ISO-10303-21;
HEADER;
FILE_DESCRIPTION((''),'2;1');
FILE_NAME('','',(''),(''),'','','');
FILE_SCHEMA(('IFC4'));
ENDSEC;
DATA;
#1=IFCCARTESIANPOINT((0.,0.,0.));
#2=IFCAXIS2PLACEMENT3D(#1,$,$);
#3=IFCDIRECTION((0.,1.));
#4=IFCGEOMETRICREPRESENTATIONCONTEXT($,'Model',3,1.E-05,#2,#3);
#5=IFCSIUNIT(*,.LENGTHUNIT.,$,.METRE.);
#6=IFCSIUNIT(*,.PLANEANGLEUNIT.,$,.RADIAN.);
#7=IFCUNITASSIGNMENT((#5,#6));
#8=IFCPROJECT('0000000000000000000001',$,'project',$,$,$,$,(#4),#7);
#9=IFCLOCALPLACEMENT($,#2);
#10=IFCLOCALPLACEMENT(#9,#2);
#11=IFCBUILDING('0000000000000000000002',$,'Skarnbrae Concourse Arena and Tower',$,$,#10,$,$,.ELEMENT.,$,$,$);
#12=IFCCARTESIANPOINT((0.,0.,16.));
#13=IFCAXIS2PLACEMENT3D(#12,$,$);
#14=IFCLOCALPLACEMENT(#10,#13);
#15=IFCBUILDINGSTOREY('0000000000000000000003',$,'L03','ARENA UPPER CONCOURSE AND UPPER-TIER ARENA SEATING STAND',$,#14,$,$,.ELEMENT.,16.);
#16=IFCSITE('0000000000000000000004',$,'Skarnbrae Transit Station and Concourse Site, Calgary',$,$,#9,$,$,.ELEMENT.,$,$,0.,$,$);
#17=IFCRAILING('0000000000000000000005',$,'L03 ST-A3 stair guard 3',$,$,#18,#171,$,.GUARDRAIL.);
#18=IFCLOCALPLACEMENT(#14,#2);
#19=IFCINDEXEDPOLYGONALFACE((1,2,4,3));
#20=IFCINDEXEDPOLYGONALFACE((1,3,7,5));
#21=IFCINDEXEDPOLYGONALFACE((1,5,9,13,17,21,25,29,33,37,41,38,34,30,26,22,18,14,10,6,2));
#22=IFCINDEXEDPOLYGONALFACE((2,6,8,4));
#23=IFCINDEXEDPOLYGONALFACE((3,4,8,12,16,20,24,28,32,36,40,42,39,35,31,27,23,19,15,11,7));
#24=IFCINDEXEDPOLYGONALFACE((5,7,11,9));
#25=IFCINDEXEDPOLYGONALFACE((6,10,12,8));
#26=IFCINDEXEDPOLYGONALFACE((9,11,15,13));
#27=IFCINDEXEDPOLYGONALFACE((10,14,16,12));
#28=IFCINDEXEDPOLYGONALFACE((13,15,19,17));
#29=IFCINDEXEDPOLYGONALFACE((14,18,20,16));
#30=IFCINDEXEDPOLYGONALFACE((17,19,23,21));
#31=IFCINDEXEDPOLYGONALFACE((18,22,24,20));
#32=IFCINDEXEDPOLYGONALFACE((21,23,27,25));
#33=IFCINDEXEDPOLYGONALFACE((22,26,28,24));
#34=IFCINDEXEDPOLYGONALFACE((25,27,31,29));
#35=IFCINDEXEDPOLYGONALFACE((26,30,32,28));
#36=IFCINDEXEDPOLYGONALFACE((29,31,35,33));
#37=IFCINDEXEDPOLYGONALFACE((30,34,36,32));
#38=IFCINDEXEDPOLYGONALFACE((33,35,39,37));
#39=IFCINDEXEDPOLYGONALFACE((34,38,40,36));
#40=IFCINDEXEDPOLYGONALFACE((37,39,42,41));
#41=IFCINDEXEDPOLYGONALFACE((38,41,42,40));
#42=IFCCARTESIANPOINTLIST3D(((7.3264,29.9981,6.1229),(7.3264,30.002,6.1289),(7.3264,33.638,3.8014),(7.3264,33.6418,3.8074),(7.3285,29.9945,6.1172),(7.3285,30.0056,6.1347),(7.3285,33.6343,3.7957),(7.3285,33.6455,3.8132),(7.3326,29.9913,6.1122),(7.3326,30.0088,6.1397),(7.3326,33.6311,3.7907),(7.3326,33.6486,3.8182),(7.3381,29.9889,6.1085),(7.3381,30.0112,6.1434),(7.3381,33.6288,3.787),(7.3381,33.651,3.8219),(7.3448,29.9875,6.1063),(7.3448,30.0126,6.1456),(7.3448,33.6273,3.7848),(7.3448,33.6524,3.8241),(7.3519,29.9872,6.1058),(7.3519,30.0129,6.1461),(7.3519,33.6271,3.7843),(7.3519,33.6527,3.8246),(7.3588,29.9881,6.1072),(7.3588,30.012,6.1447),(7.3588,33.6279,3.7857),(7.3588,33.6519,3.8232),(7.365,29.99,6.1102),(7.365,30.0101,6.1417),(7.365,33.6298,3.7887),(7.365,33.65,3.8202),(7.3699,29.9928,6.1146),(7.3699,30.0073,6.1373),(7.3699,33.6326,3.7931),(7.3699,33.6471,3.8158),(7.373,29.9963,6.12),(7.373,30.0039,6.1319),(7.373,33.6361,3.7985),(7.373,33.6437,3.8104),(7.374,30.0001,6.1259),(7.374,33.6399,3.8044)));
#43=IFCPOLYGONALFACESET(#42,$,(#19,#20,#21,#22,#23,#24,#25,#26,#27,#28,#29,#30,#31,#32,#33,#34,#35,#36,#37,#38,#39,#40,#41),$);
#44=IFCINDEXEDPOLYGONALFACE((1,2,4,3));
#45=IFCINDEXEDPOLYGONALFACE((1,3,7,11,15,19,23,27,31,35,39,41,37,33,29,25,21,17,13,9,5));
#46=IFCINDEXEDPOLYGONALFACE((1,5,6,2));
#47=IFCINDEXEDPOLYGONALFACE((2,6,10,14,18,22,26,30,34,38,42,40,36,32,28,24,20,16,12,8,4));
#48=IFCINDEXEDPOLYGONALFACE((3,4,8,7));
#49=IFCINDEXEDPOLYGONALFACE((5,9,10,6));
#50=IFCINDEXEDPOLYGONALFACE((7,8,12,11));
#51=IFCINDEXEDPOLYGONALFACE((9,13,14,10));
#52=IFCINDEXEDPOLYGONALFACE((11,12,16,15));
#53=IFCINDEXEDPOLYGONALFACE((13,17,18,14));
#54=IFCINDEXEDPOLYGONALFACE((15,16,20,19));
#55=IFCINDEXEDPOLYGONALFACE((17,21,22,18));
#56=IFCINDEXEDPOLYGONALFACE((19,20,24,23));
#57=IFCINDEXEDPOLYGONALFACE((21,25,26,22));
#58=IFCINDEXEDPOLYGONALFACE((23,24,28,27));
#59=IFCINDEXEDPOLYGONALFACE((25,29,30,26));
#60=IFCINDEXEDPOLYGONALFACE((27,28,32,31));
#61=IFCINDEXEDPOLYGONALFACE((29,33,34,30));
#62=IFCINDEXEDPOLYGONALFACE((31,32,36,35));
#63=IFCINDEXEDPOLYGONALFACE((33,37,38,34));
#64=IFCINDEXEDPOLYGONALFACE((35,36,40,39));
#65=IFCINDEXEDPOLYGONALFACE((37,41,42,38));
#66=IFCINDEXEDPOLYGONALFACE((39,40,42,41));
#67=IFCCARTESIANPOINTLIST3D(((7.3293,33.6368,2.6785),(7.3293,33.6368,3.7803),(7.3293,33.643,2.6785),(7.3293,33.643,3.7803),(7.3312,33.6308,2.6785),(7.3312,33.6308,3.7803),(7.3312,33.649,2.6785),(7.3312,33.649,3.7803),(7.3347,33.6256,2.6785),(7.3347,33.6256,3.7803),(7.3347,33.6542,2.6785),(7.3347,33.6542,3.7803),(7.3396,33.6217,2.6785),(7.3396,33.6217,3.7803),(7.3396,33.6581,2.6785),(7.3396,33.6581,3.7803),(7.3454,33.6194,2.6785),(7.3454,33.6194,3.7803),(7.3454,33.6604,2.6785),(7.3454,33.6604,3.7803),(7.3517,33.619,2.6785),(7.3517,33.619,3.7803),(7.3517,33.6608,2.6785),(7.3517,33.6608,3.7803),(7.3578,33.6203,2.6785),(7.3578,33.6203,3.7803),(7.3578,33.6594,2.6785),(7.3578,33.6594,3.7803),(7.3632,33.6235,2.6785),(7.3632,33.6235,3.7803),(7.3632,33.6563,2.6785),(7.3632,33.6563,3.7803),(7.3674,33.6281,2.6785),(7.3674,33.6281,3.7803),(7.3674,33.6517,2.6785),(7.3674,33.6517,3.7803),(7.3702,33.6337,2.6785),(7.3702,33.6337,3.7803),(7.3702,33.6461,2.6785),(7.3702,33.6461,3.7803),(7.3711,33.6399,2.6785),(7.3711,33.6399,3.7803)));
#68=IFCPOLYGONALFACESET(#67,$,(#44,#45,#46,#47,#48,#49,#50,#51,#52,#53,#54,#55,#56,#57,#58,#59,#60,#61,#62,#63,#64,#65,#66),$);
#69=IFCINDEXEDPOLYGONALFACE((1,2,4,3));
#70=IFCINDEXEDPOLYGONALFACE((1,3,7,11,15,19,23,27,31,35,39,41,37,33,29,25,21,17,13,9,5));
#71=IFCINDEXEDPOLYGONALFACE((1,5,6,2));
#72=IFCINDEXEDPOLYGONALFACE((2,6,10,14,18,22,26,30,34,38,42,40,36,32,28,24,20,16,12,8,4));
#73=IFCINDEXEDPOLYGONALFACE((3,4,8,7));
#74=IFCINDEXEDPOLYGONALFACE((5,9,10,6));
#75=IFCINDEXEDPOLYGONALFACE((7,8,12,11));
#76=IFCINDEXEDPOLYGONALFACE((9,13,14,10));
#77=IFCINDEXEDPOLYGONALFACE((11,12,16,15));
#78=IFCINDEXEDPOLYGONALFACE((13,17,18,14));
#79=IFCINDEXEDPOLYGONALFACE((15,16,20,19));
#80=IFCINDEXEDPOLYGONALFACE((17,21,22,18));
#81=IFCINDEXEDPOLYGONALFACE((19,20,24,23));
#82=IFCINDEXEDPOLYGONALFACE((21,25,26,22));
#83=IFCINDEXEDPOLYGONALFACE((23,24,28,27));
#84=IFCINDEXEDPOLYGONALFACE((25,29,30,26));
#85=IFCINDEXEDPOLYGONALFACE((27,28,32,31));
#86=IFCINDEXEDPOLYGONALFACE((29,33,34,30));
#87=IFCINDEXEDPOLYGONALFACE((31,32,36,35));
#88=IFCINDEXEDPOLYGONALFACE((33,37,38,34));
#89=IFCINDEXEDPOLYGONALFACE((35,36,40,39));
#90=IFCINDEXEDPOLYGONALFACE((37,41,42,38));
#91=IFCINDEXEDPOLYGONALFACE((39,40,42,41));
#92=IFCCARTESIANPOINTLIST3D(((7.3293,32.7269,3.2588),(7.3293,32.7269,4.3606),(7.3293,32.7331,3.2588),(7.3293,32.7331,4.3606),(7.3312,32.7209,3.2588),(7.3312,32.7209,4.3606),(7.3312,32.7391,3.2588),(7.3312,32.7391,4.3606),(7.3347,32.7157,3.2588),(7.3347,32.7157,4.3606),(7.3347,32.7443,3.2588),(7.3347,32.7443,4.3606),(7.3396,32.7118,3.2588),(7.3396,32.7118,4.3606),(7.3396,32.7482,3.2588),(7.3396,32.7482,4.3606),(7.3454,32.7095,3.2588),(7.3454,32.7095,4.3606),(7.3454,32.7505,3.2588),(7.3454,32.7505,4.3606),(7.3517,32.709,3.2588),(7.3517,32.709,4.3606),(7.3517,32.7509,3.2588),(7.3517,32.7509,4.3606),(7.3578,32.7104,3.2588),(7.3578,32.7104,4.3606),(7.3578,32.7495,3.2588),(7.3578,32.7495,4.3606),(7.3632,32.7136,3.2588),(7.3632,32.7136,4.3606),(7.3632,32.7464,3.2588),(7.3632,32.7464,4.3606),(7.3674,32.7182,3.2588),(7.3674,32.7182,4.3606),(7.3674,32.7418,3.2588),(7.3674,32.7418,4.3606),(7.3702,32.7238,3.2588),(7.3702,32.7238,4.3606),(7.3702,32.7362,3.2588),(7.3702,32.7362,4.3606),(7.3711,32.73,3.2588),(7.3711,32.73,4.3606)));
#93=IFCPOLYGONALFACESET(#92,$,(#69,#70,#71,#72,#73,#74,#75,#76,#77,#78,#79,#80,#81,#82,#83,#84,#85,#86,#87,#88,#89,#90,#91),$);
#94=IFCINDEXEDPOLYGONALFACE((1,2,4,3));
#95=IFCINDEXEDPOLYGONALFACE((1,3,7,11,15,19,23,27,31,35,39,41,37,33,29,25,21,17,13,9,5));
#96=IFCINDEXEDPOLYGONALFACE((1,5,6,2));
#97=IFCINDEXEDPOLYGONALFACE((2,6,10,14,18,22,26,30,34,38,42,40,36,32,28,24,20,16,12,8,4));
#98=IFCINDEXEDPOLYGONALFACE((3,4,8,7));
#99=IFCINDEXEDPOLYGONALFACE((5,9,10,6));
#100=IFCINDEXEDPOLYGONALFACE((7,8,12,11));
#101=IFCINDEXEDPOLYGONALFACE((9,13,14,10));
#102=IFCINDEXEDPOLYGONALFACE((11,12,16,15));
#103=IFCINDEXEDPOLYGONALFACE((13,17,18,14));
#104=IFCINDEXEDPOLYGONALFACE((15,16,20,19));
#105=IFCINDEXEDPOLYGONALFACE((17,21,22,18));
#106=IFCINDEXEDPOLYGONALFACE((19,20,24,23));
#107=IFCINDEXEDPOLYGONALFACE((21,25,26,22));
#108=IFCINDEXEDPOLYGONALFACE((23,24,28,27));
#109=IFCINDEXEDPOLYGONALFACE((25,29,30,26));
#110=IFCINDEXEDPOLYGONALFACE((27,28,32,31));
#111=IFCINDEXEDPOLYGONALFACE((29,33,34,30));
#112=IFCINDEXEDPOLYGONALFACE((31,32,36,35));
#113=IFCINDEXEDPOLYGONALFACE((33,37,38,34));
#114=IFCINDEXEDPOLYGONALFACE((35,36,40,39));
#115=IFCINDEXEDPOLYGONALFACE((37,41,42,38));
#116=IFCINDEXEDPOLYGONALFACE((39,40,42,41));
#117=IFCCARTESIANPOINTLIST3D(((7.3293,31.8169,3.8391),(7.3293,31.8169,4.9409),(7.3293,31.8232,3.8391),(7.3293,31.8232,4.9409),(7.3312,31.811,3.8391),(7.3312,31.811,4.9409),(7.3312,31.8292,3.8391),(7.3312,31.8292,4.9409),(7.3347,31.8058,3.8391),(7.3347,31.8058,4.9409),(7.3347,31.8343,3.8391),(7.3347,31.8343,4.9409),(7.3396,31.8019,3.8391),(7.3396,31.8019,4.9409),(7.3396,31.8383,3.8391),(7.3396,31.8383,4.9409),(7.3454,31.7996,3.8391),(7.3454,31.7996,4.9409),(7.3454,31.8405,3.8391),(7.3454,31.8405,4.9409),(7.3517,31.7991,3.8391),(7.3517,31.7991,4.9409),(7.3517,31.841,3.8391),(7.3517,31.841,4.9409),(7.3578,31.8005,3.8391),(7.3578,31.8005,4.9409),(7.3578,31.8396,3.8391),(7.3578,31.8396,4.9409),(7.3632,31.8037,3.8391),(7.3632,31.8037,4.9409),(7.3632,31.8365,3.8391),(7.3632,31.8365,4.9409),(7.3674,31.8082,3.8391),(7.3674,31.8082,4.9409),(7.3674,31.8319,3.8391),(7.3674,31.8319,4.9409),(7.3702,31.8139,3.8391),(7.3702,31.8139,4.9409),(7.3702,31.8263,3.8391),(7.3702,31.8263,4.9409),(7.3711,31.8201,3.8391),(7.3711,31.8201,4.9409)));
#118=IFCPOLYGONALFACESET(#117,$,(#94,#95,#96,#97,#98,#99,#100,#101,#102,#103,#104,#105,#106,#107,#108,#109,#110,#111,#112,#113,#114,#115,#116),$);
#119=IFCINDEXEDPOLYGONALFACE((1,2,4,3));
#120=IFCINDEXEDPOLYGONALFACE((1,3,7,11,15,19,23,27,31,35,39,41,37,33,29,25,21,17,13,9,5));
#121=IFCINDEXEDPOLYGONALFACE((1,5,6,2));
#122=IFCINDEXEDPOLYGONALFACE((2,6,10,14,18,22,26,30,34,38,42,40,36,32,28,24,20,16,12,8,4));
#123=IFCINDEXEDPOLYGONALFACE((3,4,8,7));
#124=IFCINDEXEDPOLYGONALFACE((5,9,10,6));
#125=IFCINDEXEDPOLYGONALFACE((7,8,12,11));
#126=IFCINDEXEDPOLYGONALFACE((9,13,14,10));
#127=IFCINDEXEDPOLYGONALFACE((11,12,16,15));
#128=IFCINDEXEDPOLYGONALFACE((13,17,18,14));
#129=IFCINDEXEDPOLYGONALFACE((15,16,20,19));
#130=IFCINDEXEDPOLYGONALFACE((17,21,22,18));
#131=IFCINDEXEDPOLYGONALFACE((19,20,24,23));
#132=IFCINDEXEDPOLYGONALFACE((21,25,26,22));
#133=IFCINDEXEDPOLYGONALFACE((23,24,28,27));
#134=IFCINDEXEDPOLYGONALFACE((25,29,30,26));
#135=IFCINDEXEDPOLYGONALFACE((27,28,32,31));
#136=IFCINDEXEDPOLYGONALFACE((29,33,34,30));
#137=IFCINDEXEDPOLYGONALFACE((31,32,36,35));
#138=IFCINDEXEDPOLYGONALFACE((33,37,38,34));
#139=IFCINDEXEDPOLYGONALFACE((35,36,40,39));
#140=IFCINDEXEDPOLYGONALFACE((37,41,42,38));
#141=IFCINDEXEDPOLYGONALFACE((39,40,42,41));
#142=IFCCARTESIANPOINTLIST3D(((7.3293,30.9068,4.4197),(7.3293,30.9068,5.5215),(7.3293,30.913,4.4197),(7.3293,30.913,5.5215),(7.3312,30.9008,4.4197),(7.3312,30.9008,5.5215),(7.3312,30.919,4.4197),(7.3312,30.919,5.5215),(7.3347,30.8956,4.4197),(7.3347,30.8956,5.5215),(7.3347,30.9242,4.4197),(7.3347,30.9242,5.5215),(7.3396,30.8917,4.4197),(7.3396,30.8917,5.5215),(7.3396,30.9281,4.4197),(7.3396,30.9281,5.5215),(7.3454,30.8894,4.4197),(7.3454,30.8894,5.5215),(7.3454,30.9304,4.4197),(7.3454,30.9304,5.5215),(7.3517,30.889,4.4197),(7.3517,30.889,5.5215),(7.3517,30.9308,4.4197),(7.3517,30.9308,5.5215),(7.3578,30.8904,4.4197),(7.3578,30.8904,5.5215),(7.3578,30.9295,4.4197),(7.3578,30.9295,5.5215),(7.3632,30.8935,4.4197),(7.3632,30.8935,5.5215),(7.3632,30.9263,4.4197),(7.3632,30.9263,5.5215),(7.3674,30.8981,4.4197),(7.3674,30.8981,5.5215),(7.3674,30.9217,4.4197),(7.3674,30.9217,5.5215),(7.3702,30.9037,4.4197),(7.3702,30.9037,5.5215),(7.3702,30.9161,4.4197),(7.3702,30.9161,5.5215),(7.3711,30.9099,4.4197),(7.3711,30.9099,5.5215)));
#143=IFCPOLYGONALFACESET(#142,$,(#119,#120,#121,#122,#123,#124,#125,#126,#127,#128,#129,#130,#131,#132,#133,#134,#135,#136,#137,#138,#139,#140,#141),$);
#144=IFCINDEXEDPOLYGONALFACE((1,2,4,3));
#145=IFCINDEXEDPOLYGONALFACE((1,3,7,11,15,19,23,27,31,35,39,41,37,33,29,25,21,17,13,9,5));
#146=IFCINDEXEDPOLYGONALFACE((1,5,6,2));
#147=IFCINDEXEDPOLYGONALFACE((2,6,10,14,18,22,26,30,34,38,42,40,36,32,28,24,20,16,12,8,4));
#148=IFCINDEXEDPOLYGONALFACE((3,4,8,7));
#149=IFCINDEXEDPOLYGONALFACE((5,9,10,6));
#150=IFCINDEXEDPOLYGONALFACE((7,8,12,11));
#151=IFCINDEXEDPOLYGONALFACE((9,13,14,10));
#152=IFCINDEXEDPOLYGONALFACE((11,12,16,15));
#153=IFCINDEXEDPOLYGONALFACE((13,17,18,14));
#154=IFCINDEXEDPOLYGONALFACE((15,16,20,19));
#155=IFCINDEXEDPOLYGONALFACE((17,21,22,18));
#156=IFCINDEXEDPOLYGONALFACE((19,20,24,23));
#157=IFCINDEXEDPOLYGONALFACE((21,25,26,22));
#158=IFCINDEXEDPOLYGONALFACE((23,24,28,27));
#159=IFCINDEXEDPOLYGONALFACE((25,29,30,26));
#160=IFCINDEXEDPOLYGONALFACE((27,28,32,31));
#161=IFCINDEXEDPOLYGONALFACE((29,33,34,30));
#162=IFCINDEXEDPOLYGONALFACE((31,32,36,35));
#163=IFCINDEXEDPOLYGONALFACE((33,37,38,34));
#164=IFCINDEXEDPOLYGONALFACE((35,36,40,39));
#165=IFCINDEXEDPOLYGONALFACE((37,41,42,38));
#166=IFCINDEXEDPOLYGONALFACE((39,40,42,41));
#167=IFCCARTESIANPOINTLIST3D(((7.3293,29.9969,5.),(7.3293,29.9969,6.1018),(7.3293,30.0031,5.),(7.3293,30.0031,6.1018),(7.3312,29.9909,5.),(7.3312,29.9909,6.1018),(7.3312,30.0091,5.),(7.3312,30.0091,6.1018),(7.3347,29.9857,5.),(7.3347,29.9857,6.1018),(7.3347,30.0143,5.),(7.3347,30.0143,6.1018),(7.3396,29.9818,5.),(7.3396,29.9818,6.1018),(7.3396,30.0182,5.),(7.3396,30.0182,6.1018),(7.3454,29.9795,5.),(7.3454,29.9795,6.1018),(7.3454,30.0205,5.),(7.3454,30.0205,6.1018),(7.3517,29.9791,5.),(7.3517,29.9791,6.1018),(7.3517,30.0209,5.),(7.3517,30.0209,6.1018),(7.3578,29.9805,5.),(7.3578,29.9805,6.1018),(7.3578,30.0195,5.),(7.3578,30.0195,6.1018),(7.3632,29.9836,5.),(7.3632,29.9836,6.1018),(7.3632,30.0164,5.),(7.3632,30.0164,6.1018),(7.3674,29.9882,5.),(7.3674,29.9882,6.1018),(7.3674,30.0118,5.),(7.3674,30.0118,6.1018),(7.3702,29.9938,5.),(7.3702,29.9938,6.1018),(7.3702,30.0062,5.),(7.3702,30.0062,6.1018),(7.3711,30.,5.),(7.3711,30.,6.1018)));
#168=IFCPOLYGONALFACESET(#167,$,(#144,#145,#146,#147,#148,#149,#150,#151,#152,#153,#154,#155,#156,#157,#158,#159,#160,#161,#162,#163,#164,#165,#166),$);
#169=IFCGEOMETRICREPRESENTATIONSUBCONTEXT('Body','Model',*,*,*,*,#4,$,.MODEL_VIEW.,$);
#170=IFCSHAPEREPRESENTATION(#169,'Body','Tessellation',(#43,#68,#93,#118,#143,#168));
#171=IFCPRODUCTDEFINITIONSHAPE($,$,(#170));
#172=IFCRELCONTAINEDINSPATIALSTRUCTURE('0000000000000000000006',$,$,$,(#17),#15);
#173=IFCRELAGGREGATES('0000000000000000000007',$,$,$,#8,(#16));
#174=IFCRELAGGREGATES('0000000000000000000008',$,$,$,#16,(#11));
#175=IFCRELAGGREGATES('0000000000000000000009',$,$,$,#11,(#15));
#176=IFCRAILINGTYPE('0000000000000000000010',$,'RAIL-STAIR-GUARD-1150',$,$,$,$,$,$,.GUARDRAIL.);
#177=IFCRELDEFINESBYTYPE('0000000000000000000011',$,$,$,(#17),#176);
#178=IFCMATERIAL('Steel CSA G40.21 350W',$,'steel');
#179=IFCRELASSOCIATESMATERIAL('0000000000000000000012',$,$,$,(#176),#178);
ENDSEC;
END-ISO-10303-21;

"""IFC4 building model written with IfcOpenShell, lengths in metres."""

from ifc_helpers import new_model, si_unit, direction, frame, origin, origin_2d, place, context, subcontext, project, spatial, circle, extrude, material, type_object, element, save


model = new_model("IFC4")

# Units and contexts
model_context = context("Model", 3, precision=1e-05, world=origin(), true_north=direction((0.0, 1.0)))
body_context = subcontext(model_context, "Body", "Model", "MODEL_VIEW")
ifc_project = project(units=[si_unit("LENGTHUNIT", "METRE"), si_unit("PLANEANGLEUNIT", "RADIAN")], contexts=[model_context])

# Site, building, storey
site_placement = place(None, origin())
site = spatial("IfcSite", under=ifc_project, at=site_placement, Name="Skarnbrae Transit Station and Concourse Site, Calgary", CompositionType="ELEMENT", RefElevation=0.0)
building_placement = place(site_placement, origin())
building = spatial("IfcBuilding", under=site, at=building_placement, Name="Skarnbrae Concourse Arena and Tower", CompositionType="ELEMENT")
storey_placement = place(building_placement, frame((0.0, 0.0, 16.0)))
storey = spatial("IfcBuildingStorey", under=building, at=storey_placement, Name="L03", Description="ARENA UPPER CONCOURSE AND UPPER-TIER ARENA SEATING STAND", CompositionType="ELEMENT", Elevation=16.0)

# Shared definitions
ifc_material_1 = material(Name="Steel CSA G40.21 350W", Category="steel")

# Railing
railing_type_1 = type_object("IfcRailingType", Name="RAIL-STAIR-GUARD-1150", PredefinedType="GUARDRAIL", material=ifc_material_1)
railing_1_placement = place(storey_placement, frame((7.3501, 33.6399, 2.6785)))
element("IfcRailing", 1, at=railing_1_placement, inside=storey, type_object=railing_type_1, Name="L03 ST-A3 stair guard 3", PredefinedType="GUARDRAIL", context=body_context, shape_type="SweptSolid", body=[
    extrude(circle(Radius=0.0239, at=origin_2d()), frame((0.0, 0.0, 1.126), z_axis=(0.0, -0.843112, 0.537739), x_axis=(1.0, 0.0, 0.0)), (0.0, 0.0, 1.0), 4.3171),
    extrude(circle(Radius=0.021, at=origin_2d()), origin(), (0.0, 0.0, 1.0), 1.1018),
    extrude(circle(Radius=0.021, at=origin_2d()), frame((0.0, -0.9099, 0.5803)), (0.0, 0.0, 1.0), 1.1018),
    extrude(circle(Radius=0.021, at=origin_2d()), frame((0.0, -1.8198, 1.1606)), (0.0, 0.0, 1.0), 1.1018),
    extrude(circle(Radius=0.021, at=origin_2d()), frame((0.0, -2.73, 1.7412)), (0.0, 0.0, 1.0), 1.1018),
    extrude(circle(Radius=0.021, at=origin_2d()), frame((0.0, -3.6399, 2.3215)), (0.0, 0.0, 1.0), 1.1018),
])

save(model, "model.ifc")
